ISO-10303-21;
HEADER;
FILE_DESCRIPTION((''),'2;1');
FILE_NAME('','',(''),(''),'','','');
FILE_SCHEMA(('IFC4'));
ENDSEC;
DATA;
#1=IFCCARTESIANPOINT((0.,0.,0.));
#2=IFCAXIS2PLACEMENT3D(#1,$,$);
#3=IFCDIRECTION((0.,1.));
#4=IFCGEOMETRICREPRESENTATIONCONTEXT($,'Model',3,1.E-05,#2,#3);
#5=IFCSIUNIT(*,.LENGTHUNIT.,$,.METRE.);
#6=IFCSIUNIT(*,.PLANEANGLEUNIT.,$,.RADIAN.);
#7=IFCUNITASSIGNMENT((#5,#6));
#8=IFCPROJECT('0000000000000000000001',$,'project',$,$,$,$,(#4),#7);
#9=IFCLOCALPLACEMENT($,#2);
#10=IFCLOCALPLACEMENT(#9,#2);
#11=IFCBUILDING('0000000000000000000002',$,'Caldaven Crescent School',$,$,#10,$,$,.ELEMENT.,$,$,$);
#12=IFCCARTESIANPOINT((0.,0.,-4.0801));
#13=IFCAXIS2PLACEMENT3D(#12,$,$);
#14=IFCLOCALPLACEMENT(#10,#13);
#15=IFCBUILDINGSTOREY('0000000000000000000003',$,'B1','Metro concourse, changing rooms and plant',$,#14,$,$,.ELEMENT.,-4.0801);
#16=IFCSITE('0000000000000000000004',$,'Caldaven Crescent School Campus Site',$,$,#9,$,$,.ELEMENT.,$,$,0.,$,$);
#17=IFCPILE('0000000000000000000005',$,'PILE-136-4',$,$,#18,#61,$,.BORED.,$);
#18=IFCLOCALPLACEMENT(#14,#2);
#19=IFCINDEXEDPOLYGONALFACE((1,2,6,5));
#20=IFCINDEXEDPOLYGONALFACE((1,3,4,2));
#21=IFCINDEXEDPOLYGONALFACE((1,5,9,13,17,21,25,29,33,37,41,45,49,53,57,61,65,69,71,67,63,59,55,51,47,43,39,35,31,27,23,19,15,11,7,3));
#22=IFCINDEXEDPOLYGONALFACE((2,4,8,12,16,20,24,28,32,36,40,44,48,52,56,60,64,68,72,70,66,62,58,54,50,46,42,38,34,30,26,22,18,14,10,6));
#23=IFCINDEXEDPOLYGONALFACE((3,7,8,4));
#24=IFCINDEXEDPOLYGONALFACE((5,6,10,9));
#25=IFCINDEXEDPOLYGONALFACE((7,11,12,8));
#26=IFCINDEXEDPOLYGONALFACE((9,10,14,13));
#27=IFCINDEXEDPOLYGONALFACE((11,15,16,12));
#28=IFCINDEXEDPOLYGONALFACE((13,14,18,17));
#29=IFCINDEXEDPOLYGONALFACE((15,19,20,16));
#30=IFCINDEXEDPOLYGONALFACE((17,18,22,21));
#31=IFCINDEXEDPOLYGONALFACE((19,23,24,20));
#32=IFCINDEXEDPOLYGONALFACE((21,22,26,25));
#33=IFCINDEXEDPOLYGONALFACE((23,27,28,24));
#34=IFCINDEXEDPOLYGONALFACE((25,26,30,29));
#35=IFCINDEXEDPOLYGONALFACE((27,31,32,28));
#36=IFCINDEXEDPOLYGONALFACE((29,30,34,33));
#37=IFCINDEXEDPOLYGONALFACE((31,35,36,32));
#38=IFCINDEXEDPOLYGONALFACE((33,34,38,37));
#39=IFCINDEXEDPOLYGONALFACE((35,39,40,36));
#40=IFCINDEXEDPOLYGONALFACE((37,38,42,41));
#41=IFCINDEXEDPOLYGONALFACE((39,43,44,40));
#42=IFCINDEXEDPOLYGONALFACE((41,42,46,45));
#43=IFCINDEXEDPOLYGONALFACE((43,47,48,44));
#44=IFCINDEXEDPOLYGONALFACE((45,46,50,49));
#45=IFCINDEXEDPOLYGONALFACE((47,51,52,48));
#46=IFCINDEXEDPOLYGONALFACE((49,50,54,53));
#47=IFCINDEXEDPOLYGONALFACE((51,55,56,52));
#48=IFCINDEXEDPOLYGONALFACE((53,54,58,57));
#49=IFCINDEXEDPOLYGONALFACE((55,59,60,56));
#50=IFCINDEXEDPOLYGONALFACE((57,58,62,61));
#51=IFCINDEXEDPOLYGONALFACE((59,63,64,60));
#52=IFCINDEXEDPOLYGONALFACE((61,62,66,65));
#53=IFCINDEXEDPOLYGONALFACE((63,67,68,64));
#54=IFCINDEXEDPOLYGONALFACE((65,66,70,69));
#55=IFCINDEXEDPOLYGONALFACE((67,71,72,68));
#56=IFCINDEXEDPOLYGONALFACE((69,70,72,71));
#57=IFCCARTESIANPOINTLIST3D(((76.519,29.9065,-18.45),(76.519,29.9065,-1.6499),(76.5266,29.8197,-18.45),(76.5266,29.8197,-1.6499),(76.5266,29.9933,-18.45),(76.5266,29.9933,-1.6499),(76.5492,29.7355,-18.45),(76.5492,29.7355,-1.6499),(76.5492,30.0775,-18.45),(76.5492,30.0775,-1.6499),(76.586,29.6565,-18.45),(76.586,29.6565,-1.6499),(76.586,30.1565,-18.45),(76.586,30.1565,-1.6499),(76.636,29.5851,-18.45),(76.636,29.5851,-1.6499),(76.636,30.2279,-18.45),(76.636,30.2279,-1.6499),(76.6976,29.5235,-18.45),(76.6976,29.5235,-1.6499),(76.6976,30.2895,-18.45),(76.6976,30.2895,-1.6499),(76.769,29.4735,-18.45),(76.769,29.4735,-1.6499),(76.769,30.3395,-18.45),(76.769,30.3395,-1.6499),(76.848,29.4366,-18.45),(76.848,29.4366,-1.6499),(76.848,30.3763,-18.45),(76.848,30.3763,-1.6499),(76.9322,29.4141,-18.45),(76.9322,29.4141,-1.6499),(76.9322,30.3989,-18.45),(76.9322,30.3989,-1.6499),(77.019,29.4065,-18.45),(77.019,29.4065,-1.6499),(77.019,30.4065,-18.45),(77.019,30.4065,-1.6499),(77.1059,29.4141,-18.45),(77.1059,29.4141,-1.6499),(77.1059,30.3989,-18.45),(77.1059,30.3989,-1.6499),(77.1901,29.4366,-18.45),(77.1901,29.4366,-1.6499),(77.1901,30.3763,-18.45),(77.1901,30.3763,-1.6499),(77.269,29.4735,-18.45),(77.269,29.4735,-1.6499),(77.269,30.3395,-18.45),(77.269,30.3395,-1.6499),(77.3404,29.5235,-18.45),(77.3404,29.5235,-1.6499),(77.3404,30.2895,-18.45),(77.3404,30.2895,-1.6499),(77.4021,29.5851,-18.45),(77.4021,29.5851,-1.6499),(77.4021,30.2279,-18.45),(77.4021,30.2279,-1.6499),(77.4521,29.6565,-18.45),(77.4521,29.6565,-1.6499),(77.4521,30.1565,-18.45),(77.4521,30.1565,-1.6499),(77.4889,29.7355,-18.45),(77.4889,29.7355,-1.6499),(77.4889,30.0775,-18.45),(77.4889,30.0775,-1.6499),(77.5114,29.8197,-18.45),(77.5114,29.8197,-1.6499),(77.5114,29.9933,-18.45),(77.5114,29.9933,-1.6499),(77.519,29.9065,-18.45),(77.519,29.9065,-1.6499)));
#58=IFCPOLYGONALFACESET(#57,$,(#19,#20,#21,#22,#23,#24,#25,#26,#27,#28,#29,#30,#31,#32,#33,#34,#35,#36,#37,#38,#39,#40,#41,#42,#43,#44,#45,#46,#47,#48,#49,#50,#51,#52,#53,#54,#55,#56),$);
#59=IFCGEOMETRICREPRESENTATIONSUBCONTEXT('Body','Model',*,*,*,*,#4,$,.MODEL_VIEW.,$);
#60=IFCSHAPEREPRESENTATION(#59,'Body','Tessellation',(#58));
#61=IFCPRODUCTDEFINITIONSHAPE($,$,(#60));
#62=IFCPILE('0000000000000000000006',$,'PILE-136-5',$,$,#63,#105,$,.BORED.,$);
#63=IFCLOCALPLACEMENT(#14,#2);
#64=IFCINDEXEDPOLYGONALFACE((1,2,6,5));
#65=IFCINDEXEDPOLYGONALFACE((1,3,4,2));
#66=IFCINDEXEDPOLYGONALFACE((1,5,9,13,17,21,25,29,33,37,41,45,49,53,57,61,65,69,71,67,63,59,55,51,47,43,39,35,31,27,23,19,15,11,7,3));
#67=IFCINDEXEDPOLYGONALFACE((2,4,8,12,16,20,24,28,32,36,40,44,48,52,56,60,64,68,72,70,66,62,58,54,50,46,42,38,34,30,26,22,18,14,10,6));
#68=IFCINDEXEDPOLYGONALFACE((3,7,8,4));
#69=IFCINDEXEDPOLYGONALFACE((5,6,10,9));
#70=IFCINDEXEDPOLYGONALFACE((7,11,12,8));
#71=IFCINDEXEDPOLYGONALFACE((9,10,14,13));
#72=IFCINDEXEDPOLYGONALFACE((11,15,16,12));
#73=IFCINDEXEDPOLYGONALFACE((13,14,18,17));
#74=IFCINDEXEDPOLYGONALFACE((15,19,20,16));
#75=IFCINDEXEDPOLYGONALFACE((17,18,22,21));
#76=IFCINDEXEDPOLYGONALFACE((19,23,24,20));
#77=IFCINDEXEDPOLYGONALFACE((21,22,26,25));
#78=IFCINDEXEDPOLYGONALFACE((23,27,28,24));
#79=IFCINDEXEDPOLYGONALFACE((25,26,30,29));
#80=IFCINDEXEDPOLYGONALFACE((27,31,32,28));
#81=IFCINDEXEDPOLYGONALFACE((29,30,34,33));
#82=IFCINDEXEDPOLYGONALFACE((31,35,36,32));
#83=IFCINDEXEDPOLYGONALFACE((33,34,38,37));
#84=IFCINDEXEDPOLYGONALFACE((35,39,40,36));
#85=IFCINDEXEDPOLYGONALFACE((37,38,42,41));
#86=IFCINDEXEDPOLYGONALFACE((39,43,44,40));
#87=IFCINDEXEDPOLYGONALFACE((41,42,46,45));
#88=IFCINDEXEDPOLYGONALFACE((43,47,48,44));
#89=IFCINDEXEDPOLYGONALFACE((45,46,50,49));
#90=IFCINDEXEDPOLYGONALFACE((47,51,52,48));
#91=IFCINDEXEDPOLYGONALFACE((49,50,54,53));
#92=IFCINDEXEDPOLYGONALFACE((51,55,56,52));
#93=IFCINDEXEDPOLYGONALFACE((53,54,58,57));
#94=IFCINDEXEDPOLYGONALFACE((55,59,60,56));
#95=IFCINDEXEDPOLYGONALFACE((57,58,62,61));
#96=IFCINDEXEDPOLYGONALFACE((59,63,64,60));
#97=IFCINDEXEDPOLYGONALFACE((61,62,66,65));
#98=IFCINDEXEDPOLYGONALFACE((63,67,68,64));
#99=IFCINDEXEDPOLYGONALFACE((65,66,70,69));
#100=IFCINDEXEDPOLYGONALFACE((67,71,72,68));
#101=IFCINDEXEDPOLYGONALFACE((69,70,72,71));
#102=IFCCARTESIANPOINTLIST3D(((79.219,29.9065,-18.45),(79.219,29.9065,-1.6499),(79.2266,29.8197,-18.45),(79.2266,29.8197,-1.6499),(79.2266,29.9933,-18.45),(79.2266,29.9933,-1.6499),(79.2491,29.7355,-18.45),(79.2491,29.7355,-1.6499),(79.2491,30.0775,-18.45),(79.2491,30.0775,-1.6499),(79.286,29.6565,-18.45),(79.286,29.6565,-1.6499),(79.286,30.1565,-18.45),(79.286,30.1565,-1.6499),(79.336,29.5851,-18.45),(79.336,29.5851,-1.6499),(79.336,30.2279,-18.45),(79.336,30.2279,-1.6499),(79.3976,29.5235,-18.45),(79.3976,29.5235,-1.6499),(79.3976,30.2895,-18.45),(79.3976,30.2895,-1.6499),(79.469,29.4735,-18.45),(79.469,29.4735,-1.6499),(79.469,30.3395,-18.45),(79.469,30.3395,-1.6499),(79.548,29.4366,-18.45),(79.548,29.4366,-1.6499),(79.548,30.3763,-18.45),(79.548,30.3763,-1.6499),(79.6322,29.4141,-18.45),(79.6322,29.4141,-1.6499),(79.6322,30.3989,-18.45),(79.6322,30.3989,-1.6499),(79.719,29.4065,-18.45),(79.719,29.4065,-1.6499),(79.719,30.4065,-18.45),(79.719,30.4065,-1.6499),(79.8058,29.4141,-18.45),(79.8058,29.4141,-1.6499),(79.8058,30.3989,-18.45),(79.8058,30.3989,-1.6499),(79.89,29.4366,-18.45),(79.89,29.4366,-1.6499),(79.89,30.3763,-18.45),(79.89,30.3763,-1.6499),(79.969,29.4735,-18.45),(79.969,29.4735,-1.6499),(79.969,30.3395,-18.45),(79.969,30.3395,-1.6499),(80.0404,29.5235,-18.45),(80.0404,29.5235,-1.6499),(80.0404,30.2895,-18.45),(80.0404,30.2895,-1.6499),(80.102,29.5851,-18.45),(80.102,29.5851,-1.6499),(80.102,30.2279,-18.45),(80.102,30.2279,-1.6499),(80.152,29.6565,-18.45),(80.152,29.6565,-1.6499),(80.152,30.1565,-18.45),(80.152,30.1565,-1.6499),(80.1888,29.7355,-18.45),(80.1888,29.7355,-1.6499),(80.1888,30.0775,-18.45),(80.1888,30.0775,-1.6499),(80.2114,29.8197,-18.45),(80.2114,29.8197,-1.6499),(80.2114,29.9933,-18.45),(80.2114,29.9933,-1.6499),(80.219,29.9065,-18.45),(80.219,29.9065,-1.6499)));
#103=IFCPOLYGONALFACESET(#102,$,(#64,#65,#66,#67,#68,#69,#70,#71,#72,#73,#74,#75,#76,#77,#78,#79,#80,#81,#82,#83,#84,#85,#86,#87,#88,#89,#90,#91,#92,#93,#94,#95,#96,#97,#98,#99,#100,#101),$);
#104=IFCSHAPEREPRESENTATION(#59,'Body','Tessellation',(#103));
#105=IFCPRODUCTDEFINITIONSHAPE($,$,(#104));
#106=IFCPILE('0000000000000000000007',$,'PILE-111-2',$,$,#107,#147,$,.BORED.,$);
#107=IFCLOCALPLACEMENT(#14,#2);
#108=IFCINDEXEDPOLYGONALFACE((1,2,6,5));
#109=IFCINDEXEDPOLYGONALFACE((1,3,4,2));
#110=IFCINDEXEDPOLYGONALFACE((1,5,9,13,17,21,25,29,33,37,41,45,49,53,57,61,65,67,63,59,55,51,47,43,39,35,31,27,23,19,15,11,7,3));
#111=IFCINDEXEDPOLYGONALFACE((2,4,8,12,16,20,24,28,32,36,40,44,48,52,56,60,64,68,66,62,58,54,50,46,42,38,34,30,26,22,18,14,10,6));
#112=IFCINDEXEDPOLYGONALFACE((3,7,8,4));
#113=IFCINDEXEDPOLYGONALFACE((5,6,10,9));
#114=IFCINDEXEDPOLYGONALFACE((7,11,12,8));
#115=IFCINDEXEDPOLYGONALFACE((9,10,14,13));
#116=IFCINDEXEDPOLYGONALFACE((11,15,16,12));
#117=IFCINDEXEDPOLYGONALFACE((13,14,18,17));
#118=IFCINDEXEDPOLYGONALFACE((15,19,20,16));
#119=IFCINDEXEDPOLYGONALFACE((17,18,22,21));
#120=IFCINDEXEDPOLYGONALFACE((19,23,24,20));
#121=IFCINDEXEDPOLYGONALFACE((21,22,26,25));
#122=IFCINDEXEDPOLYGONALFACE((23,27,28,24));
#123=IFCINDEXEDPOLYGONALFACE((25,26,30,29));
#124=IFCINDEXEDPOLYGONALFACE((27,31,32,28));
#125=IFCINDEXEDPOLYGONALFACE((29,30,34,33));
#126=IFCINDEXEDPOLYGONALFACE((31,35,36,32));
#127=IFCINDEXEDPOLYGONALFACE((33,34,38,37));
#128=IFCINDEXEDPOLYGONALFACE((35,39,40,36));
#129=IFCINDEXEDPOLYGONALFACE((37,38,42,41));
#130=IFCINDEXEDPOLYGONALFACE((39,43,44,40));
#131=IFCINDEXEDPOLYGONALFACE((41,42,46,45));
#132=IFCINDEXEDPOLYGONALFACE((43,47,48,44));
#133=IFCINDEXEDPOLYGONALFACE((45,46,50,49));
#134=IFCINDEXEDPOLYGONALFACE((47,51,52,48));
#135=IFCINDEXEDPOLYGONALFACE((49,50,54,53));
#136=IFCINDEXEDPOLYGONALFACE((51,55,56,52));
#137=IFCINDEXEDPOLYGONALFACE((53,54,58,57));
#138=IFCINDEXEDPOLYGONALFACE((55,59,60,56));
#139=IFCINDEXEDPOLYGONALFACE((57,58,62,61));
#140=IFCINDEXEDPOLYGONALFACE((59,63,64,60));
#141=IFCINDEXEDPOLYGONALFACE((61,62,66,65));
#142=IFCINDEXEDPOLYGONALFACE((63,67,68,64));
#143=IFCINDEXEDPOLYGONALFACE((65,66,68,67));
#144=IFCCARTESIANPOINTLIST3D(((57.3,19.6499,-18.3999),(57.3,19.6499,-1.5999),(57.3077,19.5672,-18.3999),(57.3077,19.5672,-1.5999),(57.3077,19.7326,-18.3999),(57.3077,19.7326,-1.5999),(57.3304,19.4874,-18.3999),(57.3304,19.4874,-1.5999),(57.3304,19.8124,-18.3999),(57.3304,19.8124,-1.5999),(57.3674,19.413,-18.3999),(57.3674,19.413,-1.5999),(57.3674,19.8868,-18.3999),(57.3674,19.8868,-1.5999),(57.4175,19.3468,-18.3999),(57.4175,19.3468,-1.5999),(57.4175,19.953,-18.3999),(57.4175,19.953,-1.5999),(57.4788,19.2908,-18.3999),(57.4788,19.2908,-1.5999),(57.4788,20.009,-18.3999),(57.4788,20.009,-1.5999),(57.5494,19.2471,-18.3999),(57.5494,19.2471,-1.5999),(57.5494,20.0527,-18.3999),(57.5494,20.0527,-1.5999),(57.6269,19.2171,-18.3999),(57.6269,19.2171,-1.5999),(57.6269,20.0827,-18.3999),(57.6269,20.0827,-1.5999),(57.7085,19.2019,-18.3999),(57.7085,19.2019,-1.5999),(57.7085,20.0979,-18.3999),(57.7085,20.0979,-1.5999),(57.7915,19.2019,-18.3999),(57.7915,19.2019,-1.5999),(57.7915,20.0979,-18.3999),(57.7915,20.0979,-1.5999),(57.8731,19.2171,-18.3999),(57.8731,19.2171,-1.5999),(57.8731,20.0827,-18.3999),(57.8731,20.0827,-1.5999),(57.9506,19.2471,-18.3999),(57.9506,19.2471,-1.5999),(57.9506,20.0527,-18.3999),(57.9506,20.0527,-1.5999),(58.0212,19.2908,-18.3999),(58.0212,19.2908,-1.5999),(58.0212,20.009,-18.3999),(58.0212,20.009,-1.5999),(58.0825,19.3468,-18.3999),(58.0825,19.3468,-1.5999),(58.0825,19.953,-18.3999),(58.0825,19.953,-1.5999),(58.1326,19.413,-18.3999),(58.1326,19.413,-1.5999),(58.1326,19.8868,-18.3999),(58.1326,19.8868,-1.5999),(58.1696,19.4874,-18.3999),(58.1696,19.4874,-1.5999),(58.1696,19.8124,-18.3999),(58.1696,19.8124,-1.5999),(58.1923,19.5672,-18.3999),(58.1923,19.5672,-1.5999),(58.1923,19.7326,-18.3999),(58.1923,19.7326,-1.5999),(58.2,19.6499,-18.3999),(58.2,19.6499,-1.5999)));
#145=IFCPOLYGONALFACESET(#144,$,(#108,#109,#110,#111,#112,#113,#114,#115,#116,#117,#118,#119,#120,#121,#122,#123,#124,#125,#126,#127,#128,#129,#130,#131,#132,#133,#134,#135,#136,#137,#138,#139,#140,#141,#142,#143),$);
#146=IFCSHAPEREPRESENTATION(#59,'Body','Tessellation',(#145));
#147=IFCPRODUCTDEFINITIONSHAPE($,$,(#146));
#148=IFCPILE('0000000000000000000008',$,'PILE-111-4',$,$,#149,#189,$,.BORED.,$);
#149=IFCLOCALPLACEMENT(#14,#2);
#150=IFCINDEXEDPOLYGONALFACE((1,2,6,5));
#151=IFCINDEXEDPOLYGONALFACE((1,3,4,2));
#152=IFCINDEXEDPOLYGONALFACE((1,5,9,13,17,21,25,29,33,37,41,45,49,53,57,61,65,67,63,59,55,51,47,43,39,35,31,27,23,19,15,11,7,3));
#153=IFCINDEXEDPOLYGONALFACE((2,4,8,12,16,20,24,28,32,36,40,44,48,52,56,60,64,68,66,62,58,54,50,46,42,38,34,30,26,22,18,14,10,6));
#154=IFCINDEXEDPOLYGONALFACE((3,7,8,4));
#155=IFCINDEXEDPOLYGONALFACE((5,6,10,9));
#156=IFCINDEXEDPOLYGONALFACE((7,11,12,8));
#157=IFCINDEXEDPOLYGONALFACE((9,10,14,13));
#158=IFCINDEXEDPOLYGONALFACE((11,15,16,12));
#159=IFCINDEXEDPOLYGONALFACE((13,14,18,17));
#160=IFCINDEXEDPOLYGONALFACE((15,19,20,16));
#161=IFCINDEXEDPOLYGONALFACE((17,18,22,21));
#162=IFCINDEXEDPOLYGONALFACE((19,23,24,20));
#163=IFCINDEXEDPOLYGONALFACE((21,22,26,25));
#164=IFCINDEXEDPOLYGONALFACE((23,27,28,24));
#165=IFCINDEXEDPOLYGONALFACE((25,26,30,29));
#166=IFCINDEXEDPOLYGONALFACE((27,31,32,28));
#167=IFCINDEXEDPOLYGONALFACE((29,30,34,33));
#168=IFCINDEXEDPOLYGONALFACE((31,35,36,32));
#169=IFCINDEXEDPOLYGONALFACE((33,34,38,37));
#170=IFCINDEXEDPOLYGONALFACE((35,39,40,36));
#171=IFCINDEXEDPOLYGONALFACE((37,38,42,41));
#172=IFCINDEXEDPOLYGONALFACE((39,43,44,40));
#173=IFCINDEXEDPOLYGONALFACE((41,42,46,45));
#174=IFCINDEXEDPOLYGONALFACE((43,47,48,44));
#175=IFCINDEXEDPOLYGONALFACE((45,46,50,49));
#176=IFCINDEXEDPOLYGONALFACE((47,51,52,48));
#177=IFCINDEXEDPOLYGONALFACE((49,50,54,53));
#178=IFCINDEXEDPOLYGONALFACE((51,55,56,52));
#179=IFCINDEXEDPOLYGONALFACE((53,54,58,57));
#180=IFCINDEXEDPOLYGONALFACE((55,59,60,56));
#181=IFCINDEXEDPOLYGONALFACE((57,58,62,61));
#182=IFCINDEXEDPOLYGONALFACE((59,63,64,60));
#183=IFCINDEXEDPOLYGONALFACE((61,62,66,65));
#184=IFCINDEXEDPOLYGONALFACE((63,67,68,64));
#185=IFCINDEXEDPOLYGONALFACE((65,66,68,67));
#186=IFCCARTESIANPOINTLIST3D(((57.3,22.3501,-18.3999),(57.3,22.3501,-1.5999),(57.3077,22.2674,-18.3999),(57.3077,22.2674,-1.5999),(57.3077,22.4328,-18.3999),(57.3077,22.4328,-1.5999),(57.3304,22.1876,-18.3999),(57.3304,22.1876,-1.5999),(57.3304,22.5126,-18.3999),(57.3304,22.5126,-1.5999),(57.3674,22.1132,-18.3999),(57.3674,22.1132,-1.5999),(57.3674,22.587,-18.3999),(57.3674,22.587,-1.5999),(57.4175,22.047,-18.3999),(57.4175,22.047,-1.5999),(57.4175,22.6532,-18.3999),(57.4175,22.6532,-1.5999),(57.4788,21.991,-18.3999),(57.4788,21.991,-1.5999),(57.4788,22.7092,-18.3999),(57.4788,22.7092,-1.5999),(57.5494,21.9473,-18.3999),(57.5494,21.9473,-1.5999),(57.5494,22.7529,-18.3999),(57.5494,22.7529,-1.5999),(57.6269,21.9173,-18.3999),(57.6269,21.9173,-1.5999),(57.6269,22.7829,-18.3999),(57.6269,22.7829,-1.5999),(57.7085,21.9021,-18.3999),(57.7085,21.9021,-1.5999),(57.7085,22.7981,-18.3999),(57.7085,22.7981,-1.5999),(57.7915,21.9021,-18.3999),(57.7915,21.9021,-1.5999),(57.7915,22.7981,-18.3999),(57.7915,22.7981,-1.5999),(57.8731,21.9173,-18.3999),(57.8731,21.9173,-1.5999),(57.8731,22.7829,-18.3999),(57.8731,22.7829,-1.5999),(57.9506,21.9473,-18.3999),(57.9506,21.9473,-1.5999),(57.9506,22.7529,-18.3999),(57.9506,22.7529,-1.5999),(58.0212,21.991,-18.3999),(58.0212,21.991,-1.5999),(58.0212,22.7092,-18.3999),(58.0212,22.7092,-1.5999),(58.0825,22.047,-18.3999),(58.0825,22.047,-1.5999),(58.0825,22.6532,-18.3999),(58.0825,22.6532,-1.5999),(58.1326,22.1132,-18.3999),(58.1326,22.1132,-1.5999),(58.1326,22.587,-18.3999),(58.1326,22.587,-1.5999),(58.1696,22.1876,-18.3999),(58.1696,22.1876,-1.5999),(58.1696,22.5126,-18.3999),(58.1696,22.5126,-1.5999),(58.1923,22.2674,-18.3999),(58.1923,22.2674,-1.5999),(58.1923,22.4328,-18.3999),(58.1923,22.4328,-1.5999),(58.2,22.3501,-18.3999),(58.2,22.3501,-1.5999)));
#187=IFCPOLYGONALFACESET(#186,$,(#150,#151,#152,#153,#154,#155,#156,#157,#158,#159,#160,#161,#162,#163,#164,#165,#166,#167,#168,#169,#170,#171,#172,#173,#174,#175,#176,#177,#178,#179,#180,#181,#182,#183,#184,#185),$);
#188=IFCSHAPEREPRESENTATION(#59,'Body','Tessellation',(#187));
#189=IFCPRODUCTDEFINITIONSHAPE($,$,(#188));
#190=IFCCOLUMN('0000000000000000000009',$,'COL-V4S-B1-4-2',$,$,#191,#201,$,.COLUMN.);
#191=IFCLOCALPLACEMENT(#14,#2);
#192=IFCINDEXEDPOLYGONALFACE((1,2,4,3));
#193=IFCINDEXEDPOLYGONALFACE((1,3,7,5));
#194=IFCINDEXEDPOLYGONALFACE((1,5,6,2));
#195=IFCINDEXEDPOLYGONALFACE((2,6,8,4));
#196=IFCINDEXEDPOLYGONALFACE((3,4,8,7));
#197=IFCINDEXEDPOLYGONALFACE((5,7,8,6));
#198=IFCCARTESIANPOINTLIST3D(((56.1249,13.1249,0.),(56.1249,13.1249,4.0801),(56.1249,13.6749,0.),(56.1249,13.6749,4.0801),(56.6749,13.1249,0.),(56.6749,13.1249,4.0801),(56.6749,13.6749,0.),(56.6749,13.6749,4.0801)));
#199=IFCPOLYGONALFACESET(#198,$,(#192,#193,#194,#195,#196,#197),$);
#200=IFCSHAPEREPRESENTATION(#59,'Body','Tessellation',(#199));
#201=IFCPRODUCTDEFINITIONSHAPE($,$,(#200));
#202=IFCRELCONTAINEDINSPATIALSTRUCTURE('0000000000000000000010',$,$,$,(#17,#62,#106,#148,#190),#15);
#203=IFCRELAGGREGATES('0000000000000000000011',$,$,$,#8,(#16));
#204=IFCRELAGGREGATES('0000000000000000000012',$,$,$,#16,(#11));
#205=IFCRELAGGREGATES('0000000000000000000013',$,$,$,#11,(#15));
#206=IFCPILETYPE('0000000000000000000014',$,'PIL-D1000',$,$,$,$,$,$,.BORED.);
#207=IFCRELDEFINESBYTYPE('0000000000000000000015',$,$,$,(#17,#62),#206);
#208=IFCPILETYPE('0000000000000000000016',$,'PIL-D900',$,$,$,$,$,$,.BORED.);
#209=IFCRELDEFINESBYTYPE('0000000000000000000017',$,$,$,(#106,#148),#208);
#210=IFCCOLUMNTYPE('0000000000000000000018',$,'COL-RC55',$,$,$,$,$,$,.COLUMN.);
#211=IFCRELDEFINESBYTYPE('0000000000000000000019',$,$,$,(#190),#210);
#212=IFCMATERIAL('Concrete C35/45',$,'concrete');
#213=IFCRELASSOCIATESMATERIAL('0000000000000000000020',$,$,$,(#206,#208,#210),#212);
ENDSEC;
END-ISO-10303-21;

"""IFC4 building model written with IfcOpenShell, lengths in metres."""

from ifc_helpers import new_model, si_unit, direction, frame, origin, origin_2d, place, context, subcontext, project, spatial, rectangle, circle, extrude, material, material_profile, profile_set, type_object, element, save


model = new_model("IFC4")

# Units and contexts
model_context = context("Model", 3, precision=1e-05, world=origin(), true_north=direction((0.0, 1.0)))
body_context = subcontext(model_context, "Body", "Model", "MODEL_VIEW")
ifc_project = project(units=[si_unit("LENGTHUNIT", "METRE"), si_unit("PLANEANGLEUNIT", "RADIAN")], contexts=[model_context])

# Site, building, storey
site_placement = place(None, origin())
site = spatial("IfcSite", under=ifc_project, at=site_placement, Name="Caldaven Crescent School Campus Site", CompositionType="ELEMENT", RefElevation=0.0)
building_placement = place(site_placement, origin())
building = spatial("IfcBuilding", under=site, at=building_placement, Name="Caldaven Crescent School", CompositionType="ELEMENT")
storey_placement = place(building_placement, frame((0.0, 0.0, -4.0801)))
storey = spatial("IfcBuildingStorey", under=building, at=storey_placement, Name="B1", Description="Metro concourse, changing rooms and plant", CompositionType="ELEMENT", Elevation=-4.0801)

# Shared definitions
ifc_material_1 = material(Name="Concrete C35/45", Category="concrete")

# Piles
ifc_material_profile_1 = material_profile(ifc_material_1, circle(Radius=0.5, at=origin_2d()), Name="PILE D1000")
ifc_profile_set_1 = profile_set([ifc_material_profile_1], Name="Concrete C35/45")
pile_type_1 = type_object("IfcPileType", Name="PIL-D1000", PredefinedType="BORED", material=ifc_profile_set_1)
for number, where, z_axis, x_axis, name in (
    (1, (77.019, 29.9065, -1.6499), (0.0, 0.0, -1.0), (1.0, 0.0, 0.0), "PILE-136-4"),
    (2, (79.719, 29.9065, -1.6499), (0.0, 0.0, -1.0), (1.0, 0.0, 0.0), "PILE-136-5"),
):
    element("IfcPile", number, at=place(storey_placement, frame(where, z_axis=z_axis, x_axis=x_axis)), inside=storey, type_object=pile_type_1, Name=name, PredefinedType="BORED", context=body_context, shape_type="SweptSolid", body=[
        extrude(circle(Radius=0.5, at=origin_2d()), origin(), (0.0, 0.0, 1.0), 16.8),
    ])
ifc_material_profile_2 = material_profile(ifc_material_1, circle(Radius=0.45, at=origin_2d()), Name="PILE D900")
ifc_profile_set_2 = profile_set([ifc_material_profile_2], Name="Concrete C35/45")
pile_type_2 = type_object("IfcPileType", Name="PIL-D900", PredefinedType="BORED", material=ifc_profile_set_2)
for number, where, z_axis, x_axis, name in (
    (3, (57.75, 19.6499, -1.5999), (0.0, 0.0, -1.0), (1.0, 0.0, 0.0), "PILE-111-2"),
    (4, (57.75, 22.3501, -1.5999), (0.0, 0.0, -1.0), (1.0, 0.0, 0.0), "PILE-111-4"),
):
    element("IfcPile", number, at=place(storey_placement, frame(where, z_axis=z_axis, x_axis=x_axis)), inside=storey, type_object=pile_type_2, Name=name, PredefinedType="BORED", context=body_context, shape_type="SweptSolid", body=[
        extrude(circle(Radius=0.45, at=origin_2d()), origin(), (0.0, 0.0, 1.0), 16.8),
    ])

# Column
ifc_material_profile_3 = material_profile(ifc_material_1, rectangle(XDim=0.55, YDim=0.55, at=origin_2d()), Name="RC 550x550")
ifc_profile_set_3 = profile_set([ifc_material_profile_3], Name="Concrete C35/45")
column_type_1 = type_object("IfcColumnType", Name="COL-RC55", PredefinedType="COLUMN", material=ifc_profile_set_3)
for number, where, z_axis, x_axis, name in (
    (5, (56.3999, 13.3999, 0.0), (0.0, 0.0, 1.0), (1.0, 0.0, 0.0), "COL-V4S-B1-4-2"),
):
    element("IfcColumn", number, at=place(storey_placement, frame(where, z_axis=z_axis, x_axis=x_axis)), inside=storey, type_object=column_type_1, Name=name, PredefinedType="COLUMN", context=body_context, shape_type="SweptSolid", body=[
        extrude(rectangle(XDim=0.55, YDim=0.55, at=origin_2d()), origin(), (0.0, 0.0, 1.0), 4.0801),
    ])

save(model, "model.ifc")
